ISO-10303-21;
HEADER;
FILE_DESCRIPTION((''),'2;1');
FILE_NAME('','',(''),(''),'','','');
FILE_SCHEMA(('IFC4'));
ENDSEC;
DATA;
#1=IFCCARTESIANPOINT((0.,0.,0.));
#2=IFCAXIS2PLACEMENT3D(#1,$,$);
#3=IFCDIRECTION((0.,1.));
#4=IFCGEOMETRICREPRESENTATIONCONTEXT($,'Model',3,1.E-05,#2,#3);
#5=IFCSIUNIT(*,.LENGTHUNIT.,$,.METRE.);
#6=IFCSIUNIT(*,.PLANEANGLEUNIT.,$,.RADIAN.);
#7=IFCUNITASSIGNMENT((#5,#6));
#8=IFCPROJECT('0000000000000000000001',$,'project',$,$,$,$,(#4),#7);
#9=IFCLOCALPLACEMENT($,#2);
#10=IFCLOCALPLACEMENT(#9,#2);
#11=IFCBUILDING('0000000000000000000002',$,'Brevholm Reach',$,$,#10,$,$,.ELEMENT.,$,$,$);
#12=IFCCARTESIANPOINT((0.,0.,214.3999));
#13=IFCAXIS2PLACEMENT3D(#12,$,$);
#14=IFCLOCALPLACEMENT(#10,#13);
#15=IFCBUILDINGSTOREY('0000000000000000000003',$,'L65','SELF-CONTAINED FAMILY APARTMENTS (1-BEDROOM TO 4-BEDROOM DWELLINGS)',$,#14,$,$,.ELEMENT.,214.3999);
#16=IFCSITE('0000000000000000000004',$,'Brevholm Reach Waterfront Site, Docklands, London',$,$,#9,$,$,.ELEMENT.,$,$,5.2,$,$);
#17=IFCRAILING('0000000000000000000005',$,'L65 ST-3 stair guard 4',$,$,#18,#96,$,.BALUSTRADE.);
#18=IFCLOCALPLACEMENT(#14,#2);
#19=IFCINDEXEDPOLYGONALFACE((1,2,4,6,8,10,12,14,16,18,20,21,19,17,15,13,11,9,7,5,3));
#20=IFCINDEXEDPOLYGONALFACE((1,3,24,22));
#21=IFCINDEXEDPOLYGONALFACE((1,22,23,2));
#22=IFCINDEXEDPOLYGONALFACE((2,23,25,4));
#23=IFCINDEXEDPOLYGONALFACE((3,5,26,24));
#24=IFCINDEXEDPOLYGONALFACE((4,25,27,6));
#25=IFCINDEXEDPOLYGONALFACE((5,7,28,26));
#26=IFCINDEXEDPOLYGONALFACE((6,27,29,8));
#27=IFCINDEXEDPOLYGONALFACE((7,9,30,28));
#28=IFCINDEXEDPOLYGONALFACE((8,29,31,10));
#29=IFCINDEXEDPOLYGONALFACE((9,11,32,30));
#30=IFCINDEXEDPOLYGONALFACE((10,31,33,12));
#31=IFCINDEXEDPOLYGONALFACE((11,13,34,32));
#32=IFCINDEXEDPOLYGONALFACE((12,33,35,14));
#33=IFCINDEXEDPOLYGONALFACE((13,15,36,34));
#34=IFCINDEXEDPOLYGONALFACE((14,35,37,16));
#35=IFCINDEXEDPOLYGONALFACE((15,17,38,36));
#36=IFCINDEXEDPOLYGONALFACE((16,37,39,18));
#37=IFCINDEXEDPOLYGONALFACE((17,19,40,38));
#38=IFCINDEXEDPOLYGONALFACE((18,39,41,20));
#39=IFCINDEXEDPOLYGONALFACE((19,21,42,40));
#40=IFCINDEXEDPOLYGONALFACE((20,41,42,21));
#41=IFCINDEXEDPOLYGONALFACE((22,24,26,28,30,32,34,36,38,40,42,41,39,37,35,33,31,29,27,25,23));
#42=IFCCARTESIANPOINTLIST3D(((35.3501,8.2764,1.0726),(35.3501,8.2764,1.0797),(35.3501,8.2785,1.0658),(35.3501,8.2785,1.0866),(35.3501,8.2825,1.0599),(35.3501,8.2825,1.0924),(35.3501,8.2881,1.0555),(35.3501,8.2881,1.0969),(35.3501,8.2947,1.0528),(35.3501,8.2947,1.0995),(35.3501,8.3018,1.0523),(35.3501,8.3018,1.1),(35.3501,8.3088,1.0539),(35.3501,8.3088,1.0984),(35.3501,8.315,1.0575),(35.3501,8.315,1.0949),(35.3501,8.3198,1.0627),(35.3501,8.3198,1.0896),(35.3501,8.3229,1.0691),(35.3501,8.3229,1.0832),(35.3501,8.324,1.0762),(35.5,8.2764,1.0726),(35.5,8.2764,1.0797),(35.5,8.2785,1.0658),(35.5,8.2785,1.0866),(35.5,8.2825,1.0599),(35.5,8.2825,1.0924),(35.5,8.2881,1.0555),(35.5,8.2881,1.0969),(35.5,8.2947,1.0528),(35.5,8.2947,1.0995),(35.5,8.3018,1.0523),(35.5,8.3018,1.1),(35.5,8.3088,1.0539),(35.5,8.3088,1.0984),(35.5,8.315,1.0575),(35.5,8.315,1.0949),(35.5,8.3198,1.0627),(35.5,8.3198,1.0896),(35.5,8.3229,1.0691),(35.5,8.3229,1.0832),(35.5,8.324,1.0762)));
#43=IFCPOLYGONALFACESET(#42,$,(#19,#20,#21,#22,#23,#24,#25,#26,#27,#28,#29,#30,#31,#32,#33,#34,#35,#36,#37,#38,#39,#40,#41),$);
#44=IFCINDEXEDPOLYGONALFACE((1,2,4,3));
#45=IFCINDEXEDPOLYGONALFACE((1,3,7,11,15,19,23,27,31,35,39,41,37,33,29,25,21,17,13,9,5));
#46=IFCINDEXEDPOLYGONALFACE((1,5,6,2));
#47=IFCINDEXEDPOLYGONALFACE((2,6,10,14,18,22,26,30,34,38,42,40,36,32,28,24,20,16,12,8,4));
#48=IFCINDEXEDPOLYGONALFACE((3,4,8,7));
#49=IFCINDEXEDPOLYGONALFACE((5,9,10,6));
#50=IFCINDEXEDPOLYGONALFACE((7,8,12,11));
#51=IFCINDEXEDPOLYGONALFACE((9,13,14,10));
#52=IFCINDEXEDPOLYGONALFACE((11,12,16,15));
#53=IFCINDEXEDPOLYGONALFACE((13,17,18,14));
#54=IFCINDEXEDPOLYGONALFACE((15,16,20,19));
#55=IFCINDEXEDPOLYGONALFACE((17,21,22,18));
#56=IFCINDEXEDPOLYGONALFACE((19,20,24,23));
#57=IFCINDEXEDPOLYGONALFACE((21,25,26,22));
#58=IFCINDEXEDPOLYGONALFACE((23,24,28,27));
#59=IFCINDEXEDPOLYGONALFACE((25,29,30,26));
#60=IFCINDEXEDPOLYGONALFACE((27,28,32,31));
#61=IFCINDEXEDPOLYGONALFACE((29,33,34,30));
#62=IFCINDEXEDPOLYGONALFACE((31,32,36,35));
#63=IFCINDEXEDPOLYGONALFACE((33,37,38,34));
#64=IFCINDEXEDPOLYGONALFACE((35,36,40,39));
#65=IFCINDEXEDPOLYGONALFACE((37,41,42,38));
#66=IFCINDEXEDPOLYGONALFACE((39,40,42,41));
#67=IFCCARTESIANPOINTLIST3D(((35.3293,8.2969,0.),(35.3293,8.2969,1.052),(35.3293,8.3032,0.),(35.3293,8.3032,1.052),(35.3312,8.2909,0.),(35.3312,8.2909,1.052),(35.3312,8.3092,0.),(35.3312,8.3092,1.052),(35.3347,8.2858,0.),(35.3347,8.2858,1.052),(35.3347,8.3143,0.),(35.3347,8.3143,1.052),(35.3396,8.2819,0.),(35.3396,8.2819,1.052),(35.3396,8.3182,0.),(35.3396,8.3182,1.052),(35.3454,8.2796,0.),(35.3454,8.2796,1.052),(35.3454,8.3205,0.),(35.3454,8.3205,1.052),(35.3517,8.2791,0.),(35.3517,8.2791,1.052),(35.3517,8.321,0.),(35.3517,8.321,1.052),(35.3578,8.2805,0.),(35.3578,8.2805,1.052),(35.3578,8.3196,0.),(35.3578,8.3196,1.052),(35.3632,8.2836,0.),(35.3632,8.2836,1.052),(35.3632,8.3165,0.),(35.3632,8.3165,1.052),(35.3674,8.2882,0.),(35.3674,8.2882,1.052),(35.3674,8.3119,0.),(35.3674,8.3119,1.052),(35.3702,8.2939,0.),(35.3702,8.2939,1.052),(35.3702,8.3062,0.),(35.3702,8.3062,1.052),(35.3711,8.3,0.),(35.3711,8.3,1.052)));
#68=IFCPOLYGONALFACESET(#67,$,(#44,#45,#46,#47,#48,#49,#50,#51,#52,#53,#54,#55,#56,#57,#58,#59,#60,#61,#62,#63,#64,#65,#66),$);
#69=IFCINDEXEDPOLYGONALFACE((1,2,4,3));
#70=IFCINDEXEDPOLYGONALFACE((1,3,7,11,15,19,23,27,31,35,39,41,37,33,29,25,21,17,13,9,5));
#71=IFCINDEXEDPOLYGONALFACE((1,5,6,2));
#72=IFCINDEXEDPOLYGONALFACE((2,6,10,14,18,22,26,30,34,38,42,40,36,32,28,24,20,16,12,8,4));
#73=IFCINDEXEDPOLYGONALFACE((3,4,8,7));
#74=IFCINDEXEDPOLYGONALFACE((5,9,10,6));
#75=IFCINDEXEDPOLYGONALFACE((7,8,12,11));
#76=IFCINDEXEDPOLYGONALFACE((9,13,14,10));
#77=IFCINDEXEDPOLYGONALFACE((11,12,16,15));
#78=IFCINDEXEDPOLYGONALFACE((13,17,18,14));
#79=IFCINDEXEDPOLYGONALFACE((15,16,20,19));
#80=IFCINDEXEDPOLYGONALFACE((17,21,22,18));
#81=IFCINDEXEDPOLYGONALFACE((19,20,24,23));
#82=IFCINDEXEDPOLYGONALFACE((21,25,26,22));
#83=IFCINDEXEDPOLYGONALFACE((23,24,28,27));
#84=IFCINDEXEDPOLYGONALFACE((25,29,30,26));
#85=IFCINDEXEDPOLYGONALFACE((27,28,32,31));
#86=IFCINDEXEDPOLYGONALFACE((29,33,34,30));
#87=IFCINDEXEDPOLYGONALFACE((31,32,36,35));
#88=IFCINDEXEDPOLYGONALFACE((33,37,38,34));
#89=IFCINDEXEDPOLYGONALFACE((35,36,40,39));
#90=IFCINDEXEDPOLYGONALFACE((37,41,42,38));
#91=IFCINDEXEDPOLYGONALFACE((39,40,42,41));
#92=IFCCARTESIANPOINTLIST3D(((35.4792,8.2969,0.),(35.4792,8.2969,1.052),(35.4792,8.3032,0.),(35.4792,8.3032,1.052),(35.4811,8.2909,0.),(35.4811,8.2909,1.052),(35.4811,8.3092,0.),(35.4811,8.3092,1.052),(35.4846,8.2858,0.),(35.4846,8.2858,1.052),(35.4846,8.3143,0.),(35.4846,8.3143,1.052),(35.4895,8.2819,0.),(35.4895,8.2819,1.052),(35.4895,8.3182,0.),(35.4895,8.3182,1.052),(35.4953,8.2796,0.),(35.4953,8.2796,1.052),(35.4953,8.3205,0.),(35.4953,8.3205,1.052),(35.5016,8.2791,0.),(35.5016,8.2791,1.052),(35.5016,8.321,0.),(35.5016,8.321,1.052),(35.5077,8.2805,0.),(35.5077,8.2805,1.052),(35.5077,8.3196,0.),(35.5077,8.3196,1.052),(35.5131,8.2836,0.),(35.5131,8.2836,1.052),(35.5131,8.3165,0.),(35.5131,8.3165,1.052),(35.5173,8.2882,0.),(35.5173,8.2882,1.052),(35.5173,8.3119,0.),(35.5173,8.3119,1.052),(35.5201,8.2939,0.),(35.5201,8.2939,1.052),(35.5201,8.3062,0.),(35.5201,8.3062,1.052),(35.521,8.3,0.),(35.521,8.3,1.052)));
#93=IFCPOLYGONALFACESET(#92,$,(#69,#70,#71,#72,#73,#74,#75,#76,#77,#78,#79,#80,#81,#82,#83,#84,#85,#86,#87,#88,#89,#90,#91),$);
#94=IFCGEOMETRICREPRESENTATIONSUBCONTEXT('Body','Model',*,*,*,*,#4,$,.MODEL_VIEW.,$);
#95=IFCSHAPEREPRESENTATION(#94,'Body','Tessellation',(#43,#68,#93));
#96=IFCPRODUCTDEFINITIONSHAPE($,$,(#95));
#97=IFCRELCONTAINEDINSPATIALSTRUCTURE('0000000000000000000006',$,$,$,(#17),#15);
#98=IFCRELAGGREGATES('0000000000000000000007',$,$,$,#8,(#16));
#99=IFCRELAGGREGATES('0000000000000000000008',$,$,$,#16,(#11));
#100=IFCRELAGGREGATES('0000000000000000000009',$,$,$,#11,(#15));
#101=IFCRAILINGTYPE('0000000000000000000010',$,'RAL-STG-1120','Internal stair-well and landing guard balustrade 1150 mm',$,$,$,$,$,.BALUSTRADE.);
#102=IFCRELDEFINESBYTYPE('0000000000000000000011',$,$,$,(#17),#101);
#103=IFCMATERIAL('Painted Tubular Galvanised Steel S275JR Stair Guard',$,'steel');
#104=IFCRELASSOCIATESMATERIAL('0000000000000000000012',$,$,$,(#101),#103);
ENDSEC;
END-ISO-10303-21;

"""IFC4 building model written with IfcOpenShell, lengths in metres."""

from ifc_helpers import new_model, si_unit, direction, frame, origin, origin_2d, place, context, subcontext, project, spatial, circle, extrude, material, type_object, element, save


model = new_model("IFC4")

# Units and contexts
model_context = context("Model", 3, precision=1e-05, world=origin(), true_north=direction((0.0, 1.0)))
body_context = subcontext(model_context, "Body", "Model", "MODEL_VIEW")
ifc_project = project(units=[si_unit("LENGTHUNIT", "METRE"), si_unit("PLANEANGLEUNIT", "RADIAN")], contexts=[model_context])

# Site, building, storey
site_placement = place(None, origin())
site = spatial("IfcSite", under=ifc_project, at=site_placement, Name="Brevholm Reach Waterfront Site, Docklands, London", CompositionType="ELEMENT", RefElevation=5.2)
building_placement = place(site_placement, origin())
building = spatial("IfcBuilding", under=site, at=building_placement, Name="Brevholm Reach", CompositionType="ELEMENT")
storey_placement = place(building_placement, frame((0.0, 0.0, 214.3999)))
storey = spatial("IfcBuildingStorey", under=building, at=storey_placement, Name="L65", Description="SELF-CONTAINED FAMILY APARTMENTS (1-BEDROOM TO 4-BEDROOM DWELLINGS)", CompositionType="ELEMENT", Elevation=214.3999)

# Railing
ifc_material_1 = material(Name="Painted Tubular Galvanised Steel S275JR Stair Guard", Category="steel")
railing_type_1 = type_object("IfcRailingType", Name="RAL-STG-1120", Description="Internal stair-well and landing guard balustrade 1150 mm", PredefinedType="BALUSTRADE", material=ifc_material_1)
railing_1_placement = place(storey_placement, frame((35.3501, 8.3, 0.0)))
element("IfcRailing", 1, at=railing_1_placement, inside=storey, type_object=railing_type_1, Name="L65 ST-3 stair guard 4", PredefinedType="BALUSTRADE", context=body_context, shape_type="SweptSolid", body=[
    extrude(circle(Radius=0.0239, at=origin_2d()), frame((0.0, 0.0, 1.0762), z_axis=(1.0, 0.0, 0.0), x_axis=(0.0, 1.0, 0.0)), (0.0, 0.0, 1.0), 0.1499),
    extrude(circle(Radius=0.021, at=origin_2d()), origin(), (0.0, 0.0, 1.0), 1.052),
    extrude(circle(Radius=0.021, at=origin_2d()), frame((0.1499, 0.0, 0.0)), (0.0, 0.0, 1.0), 1.052),
])

save(model, "model.ifc")
